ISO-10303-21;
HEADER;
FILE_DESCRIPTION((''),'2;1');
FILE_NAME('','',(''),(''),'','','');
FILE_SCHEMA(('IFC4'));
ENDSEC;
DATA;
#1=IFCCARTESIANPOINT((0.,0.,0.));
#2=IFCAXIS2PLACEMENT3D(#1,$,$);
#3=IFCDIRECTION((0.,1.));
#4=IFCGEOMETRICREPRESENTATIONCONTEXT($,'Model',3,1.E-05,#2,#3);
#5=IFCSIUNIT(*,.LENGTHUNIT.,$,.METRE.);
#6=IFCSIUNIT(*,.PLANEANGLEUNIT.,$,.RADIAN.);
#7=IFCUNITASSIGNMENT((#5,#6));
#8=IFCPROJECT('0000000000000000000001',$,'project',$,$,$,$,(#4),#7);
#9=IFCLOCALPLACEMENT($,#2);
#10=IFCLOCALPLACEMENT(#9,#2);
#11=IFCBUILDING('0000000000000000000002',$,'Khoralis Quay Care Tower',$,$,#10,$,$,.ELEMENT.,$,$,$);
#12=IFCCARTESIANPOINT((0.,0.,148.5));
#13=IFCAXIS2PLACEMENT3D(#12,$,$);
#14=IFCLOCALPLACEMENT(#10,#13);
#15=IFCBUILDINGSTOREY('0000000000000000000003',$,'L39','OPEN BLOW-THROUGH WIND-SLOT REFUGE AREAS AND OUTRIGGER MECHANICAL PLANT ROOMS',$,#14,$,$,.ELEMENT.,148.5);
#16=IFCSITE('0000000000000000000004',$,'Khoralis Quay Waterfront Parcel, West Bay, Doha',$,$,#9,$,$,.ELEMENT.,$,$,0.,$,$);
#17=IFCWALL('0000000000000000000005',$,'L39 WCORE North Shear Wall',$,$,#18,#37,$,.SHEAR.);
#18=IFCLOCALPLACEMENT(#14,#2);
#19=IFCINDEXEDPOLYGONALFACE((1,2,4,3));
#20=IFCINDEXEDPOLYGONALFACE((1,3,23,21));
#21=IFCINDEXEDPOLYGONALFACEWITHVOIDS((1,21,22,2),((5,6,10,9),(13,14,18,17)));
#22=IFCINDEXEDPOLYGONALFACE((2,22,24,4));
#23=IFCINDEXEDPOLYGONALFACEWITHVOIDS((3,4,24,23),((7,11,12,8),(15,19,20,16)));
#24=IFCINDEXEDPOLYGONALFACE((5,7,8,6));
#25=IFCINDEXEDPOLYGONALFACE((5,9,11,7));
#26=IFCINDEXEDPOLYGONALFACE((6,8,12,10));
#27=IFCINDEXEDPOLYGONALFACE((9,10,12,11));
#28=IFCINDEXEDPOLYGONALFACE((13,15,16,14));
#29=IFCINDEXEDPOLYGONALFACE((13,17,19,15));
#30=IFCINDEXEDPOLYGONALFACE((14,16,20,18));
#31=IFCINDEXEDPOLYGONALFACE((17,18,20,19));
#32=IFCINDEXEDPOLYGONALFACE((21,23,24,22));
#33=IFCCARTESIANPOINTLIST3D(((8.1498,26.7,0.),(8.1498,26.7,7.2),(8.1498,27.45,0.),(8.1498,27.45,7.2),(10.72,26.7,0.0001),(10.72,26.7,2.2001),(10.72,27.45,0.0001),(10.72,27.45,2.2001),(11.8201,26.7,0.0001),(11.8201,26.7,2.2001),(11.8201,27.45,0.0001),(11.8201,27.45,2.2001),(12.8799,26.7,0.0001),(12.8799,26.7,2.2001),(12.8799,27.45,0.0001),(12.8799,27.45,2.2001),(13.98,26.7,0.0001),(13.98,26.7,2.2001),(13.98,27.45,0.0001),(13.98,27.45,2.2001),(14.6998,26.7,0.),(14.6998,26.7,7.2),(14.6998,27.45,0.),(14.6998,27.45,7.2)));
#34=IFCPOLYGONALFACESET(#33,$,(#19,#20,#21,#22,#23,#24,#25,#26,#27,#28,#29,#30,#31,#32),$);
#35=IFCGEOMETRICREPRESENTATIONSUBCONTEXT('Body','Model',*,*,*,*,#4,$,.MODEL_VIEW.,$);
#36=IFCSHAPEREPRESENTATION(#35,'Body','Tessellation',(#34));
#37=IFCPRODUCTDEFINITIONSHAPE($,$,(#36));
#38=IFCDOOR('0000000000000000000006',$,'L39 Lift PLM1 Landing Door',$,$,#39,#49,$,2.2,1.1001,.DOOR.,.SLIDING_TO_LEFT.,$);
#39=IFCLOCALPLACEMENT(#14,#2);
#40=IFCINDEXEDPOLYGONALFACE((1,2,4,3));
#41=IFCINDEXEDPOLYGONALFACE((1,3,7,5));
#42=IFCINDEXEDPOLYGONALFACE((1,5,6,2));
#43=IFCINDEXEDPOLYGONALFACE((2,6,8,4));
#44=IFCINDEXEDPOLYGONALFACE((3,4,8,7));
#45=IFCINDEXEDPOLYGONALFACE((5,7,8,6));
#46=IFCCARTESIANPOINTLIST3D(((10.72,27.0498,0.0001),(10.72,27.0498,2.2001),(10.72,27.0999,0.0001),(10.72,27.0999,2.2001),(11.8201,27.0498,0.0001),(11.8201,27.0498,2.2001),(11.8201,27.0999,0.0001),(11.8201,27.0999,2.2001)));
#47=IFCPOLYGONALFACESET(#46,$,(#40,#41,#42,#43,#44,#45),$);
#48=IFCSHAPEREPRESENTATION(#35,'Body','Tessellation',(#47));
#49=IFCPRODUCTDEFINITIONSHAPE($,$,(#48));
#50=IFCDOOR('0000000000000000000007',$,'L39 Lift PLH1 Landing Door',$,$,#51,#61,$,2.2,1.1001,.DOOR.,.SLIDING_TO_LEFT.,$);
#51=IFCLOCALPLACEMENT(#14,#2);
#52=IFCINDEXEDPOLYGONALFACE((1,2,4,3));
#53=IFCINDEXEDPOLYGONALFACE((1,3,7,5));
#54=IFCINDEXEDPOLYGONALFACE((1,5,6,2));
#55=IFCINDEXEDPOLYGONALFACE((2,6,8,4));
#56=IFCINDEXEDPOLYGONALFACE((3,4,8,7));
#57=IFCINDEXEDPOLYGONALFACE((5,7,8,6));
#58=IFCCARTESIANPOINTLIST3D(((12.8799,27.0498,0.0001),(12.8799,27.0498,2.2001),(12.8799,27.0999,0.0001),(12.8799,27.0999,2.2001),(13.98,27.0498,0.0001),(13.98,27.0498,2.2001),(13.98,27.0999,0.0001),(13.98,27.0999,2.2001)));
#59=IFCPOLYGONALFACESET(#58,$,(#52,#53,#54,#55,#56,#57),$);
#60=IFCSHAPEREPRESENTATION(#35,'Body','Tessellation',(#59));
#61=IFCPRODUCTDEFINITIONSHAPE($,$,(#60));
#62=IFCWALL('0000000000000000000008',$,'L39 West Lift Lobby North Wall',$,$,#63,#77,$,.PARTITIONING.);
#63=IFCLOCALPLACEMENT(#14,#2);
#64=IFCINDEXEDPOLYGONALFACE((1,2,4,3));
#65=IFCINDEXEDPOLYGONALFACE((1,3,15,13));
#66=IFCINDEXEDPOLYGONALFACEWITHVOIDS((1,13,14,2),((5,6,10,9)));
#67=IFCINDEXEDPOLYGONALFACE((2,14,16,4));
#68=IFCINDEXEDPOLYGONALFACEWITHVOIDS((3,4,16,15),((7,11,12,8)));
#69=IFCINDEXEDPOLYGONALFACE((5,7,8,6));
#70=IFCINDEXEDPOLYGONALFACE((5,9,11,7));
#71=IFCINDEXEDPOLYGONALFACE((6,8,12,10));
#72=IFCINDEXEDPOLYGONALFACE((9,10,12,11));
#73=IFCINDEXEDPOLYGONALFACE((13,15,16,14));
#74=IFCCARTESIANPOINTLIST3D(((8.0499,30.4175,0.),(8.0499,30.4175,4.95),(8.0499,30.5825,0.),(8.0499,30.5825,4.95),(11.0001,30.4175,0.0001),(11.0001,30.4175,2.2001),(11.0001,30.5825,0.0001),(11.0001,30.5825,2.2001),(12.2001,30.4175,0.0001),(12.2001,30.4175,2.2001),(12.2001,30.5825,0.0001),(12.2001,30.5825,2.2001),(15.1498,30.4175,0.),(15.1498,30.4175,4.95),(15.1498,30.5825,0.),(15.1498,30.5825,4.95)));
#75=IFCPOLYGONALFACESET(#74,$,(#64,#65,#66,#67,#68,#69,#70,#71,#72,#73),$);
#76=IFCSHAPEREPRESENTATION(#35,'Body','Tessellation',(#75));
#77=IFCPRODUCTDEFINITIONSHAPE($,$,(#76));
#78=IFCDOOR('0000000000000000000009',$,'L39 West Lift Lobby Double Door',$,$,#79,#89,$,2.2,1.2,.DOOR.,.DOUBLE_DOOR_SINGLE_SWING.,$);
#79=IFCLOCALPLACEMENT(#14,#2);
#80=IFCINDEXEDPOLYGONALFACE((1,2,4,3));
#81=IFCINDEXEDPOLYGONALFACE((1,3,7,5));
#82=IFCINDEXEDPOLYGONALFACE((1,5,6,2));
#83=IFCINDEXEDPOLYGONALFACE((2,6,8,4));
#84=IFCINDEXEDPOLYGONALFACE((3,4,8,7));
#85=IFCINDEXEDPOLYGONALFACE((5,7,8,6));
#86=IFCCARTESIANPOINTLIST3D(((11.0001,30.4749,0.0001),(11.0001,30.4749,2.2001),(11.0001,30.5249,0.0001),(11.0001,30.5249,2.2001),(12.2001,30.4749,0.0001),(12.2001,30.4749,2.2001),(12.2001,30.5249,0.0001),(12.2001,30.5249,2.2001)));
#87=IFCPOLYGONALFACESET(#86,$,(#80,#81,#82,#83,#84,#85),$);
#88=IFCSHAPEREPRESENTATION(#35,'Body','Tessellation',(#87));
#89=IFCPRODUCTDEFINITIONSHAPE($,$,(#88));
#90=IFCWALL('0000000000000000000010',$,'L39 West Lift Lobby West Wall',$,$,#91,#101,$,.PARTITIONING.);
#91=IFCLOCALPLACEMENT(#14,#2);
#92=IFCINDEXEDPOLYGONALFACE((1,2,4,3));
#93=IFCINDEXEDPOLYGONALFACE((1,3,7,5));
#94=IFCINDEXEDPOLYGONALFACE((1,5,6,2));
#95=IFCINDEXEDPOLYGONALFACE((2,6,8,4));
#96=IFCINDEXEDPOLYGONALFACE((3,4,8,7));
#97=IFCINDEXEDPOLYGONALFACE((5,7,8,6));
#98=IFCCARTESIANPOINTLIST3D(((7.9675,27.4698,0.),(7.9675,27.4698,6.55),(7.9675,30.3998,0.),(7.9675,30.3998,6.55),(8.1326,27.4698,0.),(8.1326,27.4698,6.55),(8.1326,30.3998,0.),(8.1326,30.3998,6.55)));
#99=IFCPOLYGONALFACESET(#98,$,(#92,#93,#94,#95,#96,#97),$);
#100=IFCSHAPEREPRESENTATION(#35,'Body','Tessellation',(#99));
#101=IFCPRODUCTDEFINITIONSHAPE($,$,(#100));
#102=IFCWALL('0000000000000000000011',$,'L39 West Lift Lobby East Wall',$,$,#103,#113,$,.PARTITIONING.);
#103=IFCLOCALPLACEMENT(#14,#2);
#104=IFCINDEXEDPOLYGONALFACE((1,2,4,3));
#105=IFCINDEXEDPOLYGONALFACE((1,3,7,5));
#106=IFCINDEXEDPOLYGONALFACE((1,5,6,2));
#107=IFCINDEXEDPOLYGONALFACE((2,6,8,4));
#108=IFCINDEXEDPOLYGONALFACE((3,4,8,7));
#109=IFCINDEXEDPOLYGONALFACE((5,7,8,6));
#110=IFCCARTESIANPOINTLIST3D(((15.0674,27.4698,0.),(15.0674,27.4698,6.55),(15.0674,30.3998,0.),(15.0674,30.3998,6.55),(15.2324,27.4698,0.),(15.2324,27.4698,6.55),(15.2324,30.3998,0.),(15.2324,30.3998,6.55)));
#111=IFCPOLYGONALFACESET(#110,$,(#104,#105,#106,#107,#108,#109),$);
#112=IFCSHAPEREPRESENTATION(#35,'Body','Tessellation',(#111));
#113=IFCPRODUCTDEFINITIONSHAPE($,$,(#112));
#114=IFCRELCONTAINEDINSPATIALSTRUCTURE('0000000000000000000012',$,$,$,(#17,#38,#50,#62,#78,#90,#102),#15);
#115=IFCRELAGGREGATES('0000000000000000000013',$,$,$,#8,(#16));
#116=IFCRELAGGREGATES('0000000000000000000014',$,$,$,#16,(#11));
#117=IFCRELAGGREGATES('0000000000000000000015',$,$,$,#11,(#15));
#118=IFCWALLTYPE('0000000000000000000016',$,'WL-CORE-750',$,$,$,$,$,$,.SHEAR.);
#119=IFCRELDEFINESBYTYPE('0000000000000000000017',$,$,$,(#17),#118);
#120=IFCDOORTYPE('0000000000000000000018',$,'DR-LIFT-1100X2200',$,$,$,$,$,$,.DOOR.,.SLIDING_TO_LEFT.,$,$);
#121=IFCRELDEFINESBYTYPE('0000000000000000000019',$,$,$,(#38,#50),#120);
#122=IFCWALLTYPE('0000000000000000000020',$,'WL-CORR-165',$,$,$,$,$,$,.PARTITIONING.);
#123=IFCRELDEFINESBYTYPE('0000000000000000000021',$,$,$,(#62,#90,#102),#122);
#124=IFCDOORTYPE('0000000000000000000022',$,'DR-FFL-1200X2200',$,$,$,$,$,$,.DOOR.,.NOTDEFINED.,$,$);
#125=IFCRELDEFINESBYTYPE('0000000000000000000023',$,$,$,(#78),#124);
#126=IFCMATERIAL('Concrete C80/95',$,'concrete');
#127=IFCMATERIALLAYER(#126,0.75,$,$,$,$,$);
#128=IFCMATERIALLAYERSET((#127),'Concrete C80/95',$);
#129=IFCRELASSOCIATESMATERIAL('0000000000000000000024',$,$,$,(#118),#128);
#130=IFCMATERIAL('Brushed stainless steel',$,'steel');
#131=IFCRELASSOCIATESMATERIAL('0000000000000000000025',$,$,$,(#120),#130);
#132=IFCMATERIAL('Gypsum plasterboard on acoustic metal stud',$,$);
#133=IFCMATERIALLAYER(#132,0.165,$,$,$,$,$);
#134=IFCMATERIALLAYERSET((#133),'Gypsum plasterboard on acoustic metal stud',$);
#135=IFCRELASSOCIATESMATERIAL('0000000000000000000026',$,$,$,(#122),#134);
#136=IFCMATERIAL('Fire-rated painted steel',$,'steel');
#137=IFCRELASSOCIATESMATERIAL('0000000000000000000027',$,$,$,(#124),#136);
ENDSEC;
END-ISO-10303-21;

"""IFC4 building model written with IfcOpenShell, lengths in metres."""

from ifc_helpers import new_model, si_unit, direction, frame, frame_2d, origin, place, context, subcontext, project, spatial, rectangle, extrude, source, transform, mapped, material, layer, layer_set, type_object, element, fill, save


model = new_model("IFC4")

# Units and contexts
model_context = context("Model", 3, precision=1e-05, world=origin(), true_north=direction((0.0, 1.0)))
body_context = subcontext(model_context, "Body", "Model", "MODEL_VIEW")
ifc_project = project(units=[si_unit("LENGTHUNIT", "METRE"), si_unit("PLANEANGLEUNIT", "RADIAN")], contexts=[model_context])

# Site, building, storey
site_placement = place(None, origin())
site = spatial("IfcSite", under=ifc_project, at=site_placement, Name="Khoralis Quay Waterfront Parcel, West Bay, Doha", CompositionType="ELEMENT", RefElevation=0.0)
building_placement = place(site_placement, origin())
building = spatial("IfcBuilding", under=site, at=building_placement, Name="Khoralis Quay Care Tower", CompositionType="ELEMENT")
storey_placement = place(building_placement, frame((0.0, 0.0, 148.5)))
storey = spatial("IfcBuildingStorey", under=building, at=storey_placement, Name="L39", Description="OPEN BLOW-THROUGH WIND-SLOT REFUGE AREAS AND OUTRIGGER MECHANICAL PLANT ROOMS", CompositionType="ELEMENT", Elevation=148.5)

# Shared definitions
ifc_material_1 = material(Name="Concrete C80/95", Category="concrete")

# Shared definitions
ifc_material_2 = material(Name="Gypsum plasterboard on acoustic metal stud")

# Wall, openings, doors
ifc_material_3 = material(Name="Fire-rated painted steel", Category="steel")
ifc_layer_1 = layer(ifc_material_1, 0.75)
ifc_layer_set_1 = layer_set([ifc_layer_1], Name="Concrete C80/95")
wall_type_1 = type_object("IfcWallType", Name="WL-CORE-750", PredefinedType="SHEAR", material=ifc_layer_set_1)
wall_1_placement = place(storey_placement, frame((8.1499, 27.075, 0.0), z_axis=(0.0, 0.0, 1.0), x_axis=(1.0, 0.0, 0.0)))
wall_1 = element("IfcWall", 1, at=wall_1_placement, inside=storey, type_object=wall_type_1, Name="L39 WCORE North Shear Wall", PredefinedType="SHEAR", context=body_context, shape_type="SweptSolid", body=[
    extrude(rectangle(XDim=6.55, YDim=0.75, at=frame_2d((3.2749, 0.0))), origin(), (0.0, 0.0, 1.0), 7.2),
])
opening_1_placement = place(wall_1_placement, frame((2.5701, 0.0, 0.0)))
opening_1 = element("IfcOpeningElement", 2, at=opening_1_placement, cuts=wall_1, PredefinedType="OPENING", context=body_context, shape_type="SweptSolid", body=[
    extrude(rectangle(XDim=1.1001, YDim=2.2, at=frame_2d((0.55, 1.1001))), frame((0.0, 0.385, 0.0), z_axis=(0.0, -1.0, 0.0), x_axis=(1.0, 0.0, 0.0)), (0.0, 0.0, 1.0), 0.77),
])
opening_2_placement = place(wall_1_placement, frame((4.73, 0.0, 0.0)))
opening_2 = element("IfcOpeningElement", 3, at=opening_2_placement, cuts=wall_1, PredefinedType="OPENING", context=body_context, shape_type="SweptSolid", body=[
    extrude(rectangle(XDim=1.1001, YDim=2.2, at=frame_2d((0.55, 1.1001))), frame((0.0, 0.385, 0.0), z_axis=(0.0, -1.0, 0.0), x_axis=(1.0, 0.0, 0.0)), (0.0, 0.0, 1.0), 0.77),
])
ifc_material_4 = material(Name="Brushed stainless steel", Category="steel")
door_type_1 = type_object("IfcDoorType", Name="DR-LIFT-1100X2200", OperationType="SLIDING_TO_LEFT", PredefinedType="DOOR", material=ifc_material_4)
shared_shape_1 = source(origin(), body_context, "Body", "SweptSolid", [
    extrude(rectangle(XDim=1.1001, YDim=2.2, at=frame_2d((0.55, 1.1001))), frame((0.0, 0.0249, 0.0), z_axis=(0.0, -1.0, 0.0), x_axis=(1.0, 0.0, 0.0)), (0.0, 0.0, 1.0), 0.05),
])
door_1_placement = place(opening_1_placement, origin())
door_1 = element("IfcDoor", 4, at=door_1_placement, inside=storey, type_object=door_type_1, Name="L39 Lift PLM1 Landing Door", OperationType="SLIDING_TO_LEFT", OverallHeight=2.2, OverallWidth=1.1001, PredefinedType="DOOR", context=body_context, shape_type="MappedRepresentation", body=[
    mapped(shared_shape_1, transform((0.0, 0.0, 0.0), scale=1.0)),
])
fill(opening_1, door_1)
door_2_placement = place(opening_2_placement, origin())
door_2 = element("IfcDoor", 5, at=door_2_placement, inside=storey, type_object=door_type_1, Name="L39 Lift PLH1 Landing Door", OperationType="SLIDING_TO_LEFT", OverallHeight=2.2, OverallWidth=1.1001, PredefinedType="DOOR", context=body_context, shape_type="MappedRepresentation", body=[
    mapped(shared_shape_1, transform((0.0, 0.0, 0.0), scale=1.0)),
])
fill(opening_2, door_2)

# Wall, opening, door
ifc_layer_2 = layer(ifc_material_2, 0.165)
ifc_layer_set_2 = layer_set([ifc_layer_2], Name="Gypsum plasterboard on acoustic metal stud")
wall_type_2 = type_object("IfcWallType", Name="WL-CORR-165", PredefinedType="PARTITIONING", material=ifc_layer_set_2)
wall_2_placement = place(storey_placement, frame((8.05, 30.5, 0.0), z_axis=(0.0, 0.0, 1.0), x_axis=(1.0, 0.0, 0.0)))
wall_2 = element("IfcWall", 6, at=wall_2_placement, inside=storey, type_object=wall_type_2, Name="L39 West Lift Lobby North Wall", PredefinedType="PARTITIONING", context=body_context, shape_type="SweptSolid", body=[
    extrude(rectangle(XDim=7.0999, YDim=0.165, at=frame_2d((3.5498, 0.0))), origin(), (0.0, 0.0, 1.0), 4.95),
])
opening_3_placement = place(wall_2_placement, frame((2.95, 0.0, 0.0)))
opening_3 = element("IfcOpeningElement", 7, at=opening_3_placement, cuts=wall_2, PredefinedType="OPENING", context=body_context, shape_type="SweptSolid", body=[
    extrude(rectangle(XDim=1.2, YDim=2.2, at=frame_2d((0.6001, 1.1001))), frame((0.0, 0.0925, 0.0), z_axis=(0.0, -1.0, 0.0), x_axis=(1.0, 0.0, 0.0)), (0.0, 0.0, 1.0), 0.1851),
])
door_type_2 = type_object("IfcDoorType", Name="DR-FFL-1200X2200", OperationType="NOTDEFINED", PredefinedType="DOOR", material=ifc_material_3)
shared_shape_2 = source(origin(), body_context, "Body", "SweptSolid", [
    extrude(rectangle(XDim=1.2, YDim=2.2, at=frame_2d((0.6001, 1.1001))), frame((0.0, 0.0249, 0.0), z_axis=(0.0, -1.0, 0.0), x_axis=(1.0, 0.0, 0.0)), (0.0, 0.0, 1.0), 0.05),
])
door_3_placement = place(opening_3_placement, origin())
door_3 = element("IfcDoor", 8, at=door_3_placement, inside=storey, type_object=door_type_2, Name="L39 West Lift Lobby Double Door", OperationType="DOUBLE_DOOR_SINGLE_SWING", OverallHeight=2.2, OverallWidth=1.2, PredefinedType="DOOR", context=body_context, shape_type="MappedRepresentation", body=[
    mapped(shared_shape_2, transform((0.0, 0.0, 0.0), scale=1.0)),
])
fill(opening_3, door_3)

# Walls
for number, where, z_axis, x_axis, name in (
    (9, (8.05, 27.47, 0.0), (0.0, 0.0, 1.0), (0.0, 1.0, 0.0), "L39 West Lift Lobby West Wall"),
    (10, (15.1499, 27.47, 0.0), (0.0, 0.0, 1.0), (0.0, 1.0, 0.0), "L39 West Lift Lobby East Wall"),
):
    element("IfcWall", number, at=place(storey_placement, frame(where, z_axis=z_axis, x_axis=x_axis)), inside=storey, type_object=wall_type_2, Name=name, PredefinedType="PARTITIONING", context=body_context, shape_type="SweptSolid", body=[
        extrude(rectangle(XDim=2.9299, YDim=0.165, at=frame_2d((1.4648, 0.0))), origin(), (0.0, 0.0, 1.0), 6.55),
    ])

save(model, "model.ifc")
